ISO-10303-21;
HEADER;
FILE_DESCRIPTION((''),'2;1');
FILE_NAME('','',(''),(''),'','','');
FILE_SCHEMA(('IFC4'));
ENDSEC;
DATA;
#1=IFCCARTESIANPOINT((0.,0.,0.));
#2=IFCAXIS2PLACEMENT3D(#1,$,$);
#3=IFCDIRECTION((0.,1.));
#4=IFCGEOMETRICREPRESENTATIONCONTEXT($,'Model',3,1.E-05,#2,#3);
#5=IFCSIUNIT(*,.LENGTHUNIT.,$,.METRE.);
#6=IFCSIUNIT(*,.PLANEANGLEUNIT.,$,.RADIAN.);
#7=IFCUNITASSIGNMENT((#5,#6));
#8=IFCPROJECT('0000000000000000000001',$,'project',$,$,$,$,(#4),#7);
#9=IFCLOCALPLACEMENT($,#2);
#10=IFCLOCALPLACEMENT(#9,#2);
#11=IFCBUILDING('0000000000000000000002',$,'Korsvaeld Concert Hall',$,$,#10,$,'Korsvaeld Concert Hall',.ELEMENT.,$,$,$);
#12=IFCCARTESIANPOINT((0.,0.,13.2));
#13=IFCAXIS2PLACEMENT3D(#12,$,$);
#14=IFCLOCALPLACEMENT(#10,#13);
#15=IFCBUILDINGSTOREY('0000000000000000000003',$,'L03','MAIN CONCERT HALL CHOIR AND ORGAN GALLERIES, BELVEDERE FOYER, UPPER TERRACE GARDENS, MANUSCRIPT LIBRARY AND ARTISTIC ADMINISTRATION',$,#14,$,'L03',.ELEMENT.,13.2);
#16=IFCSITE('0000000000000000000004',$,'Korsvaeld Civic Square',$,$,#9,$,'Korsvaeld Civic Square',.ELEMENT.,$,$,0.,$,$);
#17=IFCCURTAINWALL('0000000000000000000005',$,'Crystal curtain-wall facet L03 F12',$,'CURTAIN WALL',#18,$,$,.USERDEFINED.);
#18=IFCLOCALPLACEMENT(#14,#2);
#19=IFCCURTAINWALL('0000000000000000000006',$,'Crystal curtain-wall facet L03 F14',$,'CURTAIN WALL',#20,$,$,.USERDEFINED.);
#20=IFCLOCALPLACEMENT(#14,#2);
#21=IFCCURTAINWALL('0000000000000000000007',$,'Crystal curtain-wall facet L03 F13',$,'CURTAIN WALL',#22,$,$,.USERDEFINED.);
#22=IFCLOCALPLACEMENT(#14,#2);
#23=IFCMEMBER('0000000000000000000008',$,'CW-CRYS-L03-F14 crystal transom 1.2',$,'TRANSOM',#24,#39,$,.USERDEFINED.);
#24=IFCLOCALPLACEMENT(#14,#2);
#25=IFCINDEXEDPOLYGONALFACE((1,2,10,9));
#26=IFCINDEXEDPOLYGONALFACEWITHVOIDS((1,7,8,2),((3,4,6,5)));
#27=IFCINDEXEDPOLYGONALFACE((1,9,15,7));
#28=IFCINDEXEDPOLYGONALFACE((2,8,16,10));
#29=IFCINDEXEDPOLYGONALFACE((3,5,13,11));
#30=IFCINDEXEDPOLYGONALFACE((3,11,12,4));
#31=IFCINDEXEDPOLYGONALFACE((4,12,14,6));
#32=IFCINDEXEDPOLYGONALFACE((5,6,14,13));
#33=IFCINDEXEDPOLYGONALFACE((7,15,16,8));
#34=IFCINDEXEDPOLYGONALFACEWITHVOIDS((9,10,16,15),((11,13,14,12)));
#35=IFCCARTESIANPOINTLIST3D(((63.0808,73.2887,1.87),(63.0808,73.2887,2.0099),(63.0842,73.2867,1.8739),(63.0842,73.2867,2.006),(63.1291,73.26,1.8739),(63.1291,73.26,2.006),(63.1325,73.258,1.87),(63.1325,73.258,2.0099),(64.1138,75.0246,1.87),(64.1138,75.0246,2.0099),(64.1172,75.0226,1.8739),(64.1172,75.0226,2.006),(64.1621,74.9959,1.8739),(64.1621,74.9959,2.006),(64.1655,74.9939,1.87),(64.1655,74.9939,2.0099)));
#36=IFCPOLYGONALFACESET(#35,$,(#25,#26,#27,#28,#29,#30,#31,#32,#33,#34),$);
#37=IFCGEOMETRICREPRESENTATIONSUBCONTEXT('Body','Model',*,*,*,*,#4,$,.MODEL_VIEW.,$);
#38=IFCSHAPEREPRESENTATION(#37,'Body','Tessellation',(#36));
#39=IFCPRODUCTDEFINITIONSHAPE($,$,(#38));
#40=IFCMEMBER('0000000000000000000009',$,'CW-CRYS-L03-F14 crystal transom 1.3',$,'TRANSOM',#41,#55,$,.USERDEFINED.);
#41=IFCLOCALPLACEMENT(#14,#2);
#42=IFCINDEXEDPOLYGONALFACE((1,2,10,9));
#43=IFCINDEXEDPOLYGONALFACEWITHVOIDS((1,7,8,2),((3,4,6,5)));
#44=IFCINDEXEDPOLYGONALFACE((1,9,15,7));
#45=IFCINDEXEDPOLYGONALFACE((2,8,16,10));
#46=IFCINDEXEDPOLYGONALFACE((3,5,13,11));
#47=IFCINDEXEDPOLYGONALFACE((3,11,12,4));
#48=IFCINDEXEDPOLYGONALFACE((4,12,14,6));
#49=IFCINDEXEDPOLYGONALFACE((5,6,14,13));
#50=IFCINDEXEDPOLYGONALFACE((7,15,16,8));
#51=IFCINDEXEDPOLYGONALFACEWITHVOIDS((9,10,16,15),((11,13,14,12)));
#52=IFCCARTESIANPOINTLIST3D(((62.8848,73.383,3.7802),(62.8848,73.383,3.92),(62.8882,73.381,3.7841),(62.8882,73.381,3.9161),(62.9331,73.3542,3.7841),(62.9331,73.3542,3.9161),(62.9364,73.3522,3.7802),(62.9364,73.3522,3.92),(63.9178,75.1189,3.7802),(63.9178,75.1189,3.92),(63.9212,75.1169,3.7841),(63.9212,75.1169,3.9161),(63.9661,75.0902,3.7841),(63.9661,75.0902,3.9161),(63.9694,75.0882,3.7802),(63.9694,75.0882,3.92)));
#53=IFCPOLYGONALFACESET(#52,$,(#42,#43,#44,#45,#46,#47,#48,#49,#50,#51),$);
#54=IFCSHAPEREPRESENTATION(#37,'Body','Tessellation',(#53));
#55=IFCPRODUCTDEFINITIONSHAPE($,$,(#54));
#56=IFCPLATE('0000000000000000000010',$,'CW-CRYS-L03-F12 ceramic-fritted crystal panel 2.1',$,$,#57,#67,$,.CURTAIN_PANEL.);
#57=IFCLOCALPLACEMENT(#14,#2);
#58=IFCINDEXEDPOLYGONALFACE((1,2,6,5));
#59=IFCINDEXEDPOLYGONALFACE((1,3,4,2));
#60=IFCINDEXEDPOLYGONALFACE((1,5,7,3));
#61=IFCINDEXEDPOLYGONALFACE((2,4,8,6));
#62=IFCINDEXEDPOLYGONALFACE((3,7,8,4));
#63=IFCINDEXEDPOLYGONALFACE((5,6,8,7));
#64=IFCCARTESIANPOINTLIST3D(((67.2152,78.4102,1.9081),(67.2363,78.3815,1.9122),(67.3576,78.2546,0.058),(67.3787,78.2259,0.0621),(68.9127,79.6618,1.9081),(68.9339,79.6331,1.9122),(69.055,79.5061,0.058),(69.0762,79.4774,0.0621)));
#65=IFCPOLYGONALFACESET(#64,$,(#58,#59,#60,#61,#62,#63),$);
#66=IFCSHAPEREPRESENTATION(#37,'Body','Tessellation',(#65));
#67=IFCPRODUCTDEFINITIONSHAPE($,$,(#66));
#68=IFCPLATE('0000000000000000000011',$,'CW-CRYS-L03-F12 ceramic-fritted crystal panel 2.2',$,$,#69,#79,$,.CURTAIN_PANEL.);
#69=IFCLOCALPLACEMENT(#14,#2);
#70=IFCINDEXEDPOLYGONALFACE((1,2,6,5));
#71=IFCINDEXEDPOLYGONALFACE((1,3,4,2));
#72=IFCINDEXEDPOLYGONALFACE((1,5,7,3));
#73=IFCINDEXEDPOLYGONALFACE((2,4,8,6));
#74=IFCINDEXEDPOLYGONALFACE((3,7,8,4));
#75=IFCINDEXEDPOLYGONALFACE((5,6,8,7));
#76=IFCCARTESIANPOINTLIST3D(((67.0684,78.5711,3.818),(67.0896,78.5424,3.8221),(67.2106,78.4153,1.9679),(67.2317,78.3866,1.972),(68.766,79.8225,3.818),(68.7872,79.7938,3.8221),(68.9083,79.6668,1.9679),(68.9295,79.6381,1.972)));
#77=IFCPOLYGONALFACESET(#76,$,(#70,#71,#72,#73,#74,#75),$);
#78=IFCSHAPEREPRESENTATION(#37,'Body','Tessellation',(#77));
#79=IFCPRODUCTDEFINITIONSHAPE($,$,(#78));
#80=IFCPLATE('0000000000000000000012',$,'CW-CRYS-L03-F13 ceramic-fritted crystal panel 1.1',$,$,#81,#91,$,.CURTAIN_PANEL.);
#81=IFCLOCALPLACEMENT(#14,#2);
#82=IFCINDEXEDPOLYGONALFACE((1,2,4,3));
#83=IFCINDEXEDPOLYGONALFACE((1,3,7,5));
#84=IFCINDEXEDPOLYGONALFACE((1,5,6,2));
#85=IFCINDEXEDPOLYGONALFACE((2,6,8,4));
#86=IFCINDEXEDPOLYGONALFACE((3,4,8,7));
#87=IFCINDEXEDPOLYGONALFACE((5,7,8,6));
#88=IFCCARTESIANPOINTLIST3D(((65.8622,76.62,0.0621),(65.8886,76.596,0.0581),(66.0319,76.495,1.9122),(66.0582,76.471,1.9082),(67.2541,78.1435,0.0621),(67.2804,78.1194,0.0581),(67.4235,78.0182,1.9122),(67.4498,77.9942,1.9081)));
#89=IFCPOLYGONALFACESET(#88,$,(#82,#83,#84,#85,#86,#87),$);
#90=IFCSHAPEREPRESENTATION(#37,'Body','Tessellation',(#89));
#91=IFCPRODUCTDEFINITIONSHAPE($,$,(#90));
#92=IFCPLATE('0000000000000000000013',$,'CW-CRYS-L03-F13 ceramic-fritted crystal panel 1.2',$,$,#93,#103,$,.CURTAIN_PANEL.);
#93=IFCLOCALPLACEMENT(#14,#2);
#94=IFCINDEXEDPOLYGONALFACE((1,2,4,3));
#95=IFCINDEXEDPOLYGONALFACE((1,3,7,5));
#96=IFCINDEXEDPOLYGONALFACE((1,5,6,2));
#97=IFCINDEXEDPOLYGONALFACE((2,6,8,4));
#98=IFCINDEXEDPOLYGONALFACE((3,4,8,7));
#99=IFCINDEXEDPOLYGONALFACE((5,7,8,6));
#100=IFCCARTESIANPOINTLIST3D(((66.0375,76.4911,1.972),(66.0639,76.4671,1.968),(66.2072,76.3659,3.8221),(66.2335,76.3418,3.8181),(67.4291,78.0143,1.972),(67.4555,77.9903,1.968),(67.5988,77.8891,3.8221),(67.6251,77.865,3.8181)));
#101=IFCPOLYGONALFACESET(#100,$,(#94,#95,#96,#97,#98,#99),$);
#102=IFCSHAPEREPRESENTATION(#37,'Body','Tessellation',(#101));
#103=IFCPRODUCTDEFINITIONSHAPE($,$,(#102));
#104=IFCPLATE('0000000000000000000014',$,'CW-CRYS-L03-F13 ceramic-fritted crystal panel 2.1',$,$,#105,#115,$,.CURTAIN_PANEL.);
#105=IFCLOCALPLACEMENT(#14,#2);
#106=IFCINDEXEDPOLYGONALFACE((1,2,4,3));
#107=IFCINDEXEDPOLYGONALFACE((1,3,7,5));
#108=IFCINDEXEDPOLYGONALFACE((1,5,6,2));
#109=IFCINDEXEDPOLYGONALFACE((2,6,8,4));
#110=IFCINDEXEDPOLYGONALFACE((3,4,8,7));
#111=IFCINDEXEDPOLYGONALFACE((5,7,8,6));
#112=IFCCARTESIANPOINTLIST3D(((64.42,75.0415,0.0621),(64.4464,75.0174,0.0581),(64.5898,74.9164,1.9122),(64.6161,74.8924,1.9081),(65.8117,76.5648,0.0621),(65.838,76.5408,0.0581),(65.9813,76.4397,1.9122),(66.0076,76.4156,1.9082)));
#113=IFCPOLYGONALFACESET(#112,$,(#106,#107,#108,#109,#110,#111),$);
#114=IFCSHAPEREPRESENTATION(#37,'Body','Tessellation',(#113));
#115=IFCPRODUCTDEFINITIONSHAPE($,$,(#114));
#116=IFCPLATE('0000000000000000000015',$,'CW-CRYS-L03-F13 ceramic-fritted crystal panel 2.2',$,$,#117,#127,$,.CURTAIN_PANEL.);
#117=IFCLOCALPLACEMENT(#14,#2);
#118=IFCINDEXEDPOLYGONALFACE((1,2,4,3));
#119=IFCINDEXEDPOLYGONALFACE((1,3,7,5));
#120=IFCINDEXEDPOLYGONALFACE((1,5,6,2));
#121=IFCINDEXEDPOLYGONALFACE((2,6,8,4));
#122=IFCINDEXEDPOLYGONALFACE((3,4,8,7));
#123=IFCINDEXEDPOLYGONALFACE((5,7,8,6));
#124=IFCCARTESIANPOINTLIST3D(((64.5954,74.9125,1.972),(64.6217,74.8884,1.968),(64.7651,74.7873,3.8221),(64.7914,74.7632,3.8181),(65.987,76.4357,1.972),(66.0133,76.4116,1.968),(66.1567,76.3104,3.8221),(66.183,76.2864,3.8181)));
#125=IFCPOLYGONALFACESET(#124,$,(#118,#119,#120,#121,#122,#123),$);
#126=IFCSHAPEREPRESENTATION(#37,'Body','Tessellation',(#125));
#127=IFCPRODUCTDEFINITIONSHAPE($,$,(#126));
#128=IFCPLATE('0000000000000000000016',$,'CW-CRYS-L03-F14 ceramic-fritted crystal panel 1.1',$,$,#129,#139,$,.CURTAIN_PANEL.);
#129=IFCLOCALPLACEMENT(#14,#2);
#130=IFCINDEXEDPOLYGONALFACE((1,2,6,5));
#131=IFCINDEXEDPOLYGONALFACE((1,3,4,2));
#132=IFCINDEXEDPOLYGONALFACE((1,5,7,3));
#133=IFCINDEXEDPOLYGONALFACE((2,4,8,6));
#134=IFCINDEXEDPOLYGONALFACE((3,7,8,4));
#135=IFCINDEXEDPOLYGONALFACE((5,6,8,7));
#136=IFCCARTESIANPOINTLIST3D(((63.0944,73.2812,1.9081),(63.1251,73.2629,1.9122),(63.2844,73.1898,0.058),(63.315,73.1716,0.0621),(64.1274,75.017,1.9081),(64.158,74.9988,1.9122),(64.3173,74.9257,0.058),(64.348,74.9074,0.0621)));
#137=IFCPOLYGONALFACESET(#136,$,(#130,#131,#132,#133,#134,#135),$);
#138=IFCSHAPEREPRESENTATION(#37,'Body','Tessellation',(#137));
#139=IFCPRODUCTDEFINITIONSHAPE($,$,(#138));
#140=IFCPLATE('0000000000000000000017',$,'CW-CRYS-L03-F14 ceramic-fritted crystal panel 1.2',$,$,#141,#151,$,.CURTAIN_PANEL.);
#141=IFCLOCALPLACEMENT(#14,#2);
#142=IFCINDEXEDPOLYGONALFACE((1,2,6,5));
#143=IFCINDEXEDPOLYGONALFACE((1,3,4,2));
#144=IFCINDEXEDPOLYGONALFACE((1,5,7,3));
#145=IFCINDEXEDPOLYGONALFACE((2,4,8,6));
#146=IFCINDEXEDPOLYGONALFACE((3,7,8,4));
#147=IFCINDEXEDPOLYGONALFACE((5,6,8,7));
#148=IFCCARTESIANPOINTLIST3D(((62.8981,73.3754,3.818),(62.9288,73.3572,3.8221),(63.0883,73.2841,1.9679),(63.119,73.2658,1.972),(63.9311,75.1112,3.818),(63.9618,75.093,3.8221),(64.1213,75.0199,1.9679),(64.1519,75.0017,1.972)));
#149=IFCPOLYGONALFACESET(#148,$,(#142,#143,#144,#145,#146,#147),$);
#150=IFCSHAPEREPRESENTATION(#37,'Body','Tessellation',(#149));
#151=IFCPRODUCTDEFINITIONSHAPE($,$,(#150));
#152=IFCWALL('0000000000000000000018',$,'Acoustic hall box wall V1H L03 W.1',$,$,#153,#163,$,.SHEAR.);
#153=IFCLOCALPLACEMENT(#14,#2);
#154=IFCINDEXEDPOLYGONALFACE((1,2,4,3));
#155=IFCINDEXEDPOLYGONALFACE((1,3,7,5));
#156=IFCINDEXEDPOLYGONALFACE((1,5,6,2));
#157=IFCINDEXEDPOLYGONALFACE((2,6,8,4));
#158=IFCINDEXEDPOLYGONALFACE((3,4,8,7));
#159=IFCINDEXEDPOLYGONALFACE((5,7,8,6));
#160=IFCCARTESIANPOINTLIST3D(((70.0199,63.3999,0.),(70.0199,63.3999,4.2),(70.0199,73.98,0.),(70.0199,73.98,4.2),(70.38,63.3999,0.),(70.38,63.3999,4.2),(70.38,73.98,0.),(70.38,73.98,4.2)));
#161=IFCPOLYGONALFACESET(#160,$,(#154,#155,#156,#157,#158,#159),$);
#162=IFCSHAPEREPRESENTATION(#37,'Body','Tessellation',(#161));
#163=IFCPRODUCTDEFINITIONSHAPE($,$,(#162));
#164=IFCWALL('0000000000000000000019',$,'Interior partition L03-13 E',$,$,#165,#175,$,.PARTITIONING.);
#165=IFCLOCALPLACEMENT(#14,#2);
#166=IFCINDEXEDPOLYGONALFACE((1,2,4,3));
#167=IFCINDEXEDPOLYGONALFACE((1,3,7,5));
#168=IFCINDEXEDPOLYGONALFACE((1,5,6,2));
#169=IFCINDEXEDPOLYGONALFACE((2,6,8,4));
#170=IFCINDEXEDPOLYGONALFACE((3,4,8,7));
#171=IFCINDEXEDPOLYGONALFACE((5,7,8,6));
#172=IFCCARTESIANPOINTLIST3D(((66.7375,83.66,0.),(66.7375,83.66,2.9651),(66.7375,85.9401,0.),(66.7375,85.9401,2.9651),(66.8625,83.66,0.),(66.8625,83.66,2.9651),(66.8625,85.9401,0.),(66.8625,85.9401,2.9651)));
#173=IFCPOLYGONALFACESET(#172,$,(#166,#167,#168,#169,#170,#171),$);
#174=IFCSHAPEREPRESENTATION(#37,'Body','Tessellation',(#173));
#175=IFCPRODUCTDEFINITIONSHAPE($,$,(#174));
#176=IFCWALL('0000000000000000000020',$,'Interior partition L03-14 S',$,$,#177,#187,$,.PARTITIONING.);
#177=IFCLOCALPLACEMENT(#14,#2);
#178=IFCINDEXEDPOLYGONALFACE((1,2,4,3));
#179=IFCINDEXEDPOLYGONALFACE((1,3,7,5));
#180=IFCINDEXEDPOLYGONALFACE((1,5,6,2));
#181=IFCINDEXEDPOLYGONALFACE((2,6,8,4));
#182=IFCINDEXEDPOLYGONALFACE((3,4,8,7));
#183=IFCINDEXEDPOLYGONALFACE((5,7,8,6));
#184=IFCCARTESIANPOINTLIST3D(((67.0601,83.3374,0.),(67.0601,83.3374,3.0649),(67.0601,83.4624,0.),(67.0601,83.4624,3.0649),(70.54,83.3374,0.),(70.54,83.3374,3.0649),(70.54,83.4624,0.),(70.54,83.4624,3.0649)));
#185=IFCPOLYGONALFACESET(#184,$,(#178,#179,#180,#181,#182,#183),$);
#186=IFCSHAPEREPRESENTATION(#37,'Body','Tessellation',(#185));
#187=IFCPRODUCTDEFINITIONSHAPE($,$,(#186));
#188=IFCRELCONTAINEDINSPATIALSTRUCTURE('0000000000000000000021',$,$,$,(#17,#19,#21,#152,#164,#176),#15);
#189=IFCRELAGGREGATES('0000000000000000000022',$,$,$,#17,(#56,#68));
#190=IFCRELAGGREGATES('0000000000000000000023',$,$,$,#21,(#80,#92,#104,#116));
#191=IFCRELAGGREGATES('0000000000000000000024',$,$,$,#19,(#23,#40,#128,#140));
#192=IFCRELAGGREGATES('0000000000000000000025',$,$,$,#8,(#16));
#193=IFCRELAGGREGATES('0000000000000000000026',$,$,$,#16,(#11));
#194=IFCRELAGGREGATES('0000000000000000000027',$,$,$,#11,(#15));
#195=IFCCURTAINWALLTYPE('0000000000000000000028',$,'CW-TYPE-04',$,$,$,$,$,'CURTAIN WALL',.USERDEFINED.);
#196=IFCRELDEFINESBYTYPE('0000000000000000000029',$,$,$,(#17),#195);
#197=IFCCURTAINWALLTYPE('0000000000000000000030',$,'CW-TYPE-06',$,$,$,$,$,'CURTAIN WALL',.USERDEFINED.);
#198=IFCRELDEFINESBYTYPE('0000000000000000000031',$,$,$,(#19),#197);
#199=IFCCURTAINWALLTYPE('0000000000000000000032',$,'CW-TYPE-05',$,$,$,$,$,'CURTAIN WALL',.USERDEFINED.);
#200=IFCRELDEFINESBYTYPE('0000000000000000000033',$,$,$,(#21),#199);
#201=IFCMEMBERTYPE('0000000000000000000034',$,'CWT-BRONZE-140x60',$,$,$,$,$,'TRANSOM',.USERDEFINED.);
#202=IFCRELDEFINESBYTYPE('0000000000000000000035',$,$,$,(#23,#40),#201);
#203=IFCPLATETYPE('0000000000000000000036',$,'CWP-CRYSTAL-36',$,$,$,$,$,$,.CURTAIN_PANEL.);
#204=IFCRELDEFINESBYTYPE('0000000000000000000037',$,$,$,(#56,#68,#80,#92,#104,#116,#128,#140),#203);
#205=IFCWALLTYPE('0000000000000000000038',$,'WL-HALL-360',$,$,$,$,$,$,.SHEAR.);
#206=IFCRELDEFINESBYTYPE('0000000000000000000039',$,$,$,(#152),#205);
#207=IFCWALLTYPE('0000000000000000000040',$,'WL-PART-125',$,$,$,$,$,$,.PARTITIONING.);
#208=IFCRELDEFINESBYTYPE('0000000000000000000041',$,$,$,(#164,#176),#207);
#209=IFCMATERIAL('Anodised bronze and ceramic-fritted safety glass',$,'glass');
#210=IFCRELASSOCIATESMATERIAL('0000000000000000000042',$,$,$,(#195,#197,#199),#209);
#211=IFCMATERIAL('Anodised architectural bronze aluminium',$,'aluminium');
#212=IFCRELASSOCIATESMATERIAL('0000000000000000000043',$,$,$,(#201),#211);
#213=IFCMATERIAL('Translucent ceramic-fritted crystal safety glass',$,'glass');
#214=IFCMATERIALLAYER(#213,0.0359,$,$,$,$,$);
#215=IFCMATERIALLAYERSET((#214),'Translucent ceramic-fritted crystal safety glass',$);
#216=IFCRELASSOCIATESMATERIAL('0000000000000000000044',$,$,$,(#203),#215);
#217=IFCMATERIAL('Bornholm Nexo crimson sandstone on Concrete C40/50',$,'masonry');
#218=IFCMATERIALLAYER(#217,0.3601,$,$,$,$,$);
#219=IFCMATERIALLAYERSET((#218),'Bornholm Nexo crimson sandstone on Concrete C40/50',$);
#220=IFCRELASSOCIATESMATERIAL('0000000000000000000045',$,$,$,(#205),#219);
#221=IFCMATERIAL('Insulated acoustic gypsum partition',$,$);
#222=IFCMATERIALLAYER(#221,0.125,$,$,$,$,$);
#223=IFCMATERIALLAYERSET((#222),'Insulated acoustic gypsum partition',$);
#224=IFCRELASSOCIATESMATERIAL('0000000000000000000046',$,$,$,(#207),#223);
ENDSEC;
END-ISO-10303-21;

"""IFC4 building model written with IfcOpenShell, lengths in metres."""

from ifc_helpers import new_model, si_unit, direction, frame, frame_2d, origin, origin_2d, place, context, subcontext, project, spatial, polyline, rectangle, hollow_rectangle, outline, extrude, material, layer, layer_set, material_profile, profile_set, type_object, element, aggregate, save


model = new_model("IFC4")

# Units and contexts
model_context = context("Model", 3, precision=1e-05, world=origin(), true_north=direction((0.0, 1.0)))
body_context = subcontext(model_context, "Body", "Model", "MODEL_VIEW")
ifc_project = project(units=[si_unit("LENGTHUNIT", "METRE"), si_unit("PLANEANGLEUNIT", "RADIAN")], contexts=[model_context])

# Site, building, storey
site_placement = place(None, origin())
site = spatial("IfcSite", under=ifc_project, at=site_placement, Name="Korsvaeld Civic Square", LongName="Korsvaeld Civic Square", CompositionType="ELEMENT", RefElevation=0.0)
building_placement = place(site_placement, origin())
building = spatial("IfcBuilding", under=site, at=building_placement, Name="Korsvaeld Concert Hall", LongName="Korsvaeld Concert Hall", CompositionType="ELEMENT")
storey_placement = place(building_placement, frame((0.0, 0.0, 13.2)))
storey = spatial("IfcBuildingStorey", under=building, at=storey_placement, Name="L03", Description="MAIN CONCERT HALL CHOIR AND ORGAN GALLERIES, BELVEDERE FOYER, UPPER TERRACE GARDENS, MANUSCRIPT LIBRARY AND ARTISTIC ADMINISTRATION", LongName="L03", CompositionType="ELEMENT", Elevation=13.2)

# Curtain wall
ifc_material_1 = material(Name="Anodised bronze and ceramic-fritted safety glass", Category="glass")
curtain_wall_type_1 = type_object("IfcCurtainWallType", Name="CW-TYPE-04", ElementType="CURTAIN WALL", PredefinedType="USERDEFINED", material=ifc_material_1)
curtain_wall_1_placement = place(storey_placement, origin())
curtain_wall_1 = element("IfcCurtainWall", 1, at=curtain_wall_1_placement, inside=storey, type_object=curtain_wall_type_1, Name="Crystal curtain-wall facet L03 F12", ObjectType="CURTAIN WALL", PredefinedType="USERDEFINED")
ifc_material_2 = material(Name="Anodised architectural bronze aluminium", Category="aluminium")

# Curtain wall
curtain_wall_type_2 = type_object("IfcCurtainWallType", Name="CW-TYPE-06", ElementType="CURTAIN WALL", PredefinedType="USERDEFINED", material=ifc_material_1)
curtain_wall_2_placement = place(storey_placement, origin())
curtain_wall_2 = element("IfcCurtainWall", 2, at=curtain_wall_2_placement, inside=storey, type_object=curtain_wall_type_2, Name="Crystal curtain-wall facet L03 F14", ObjectType="CURTAIN WALL", PredefinedType="USERDEFINED")

# Curtain wall
curtain_wall_type_3 = type_object("IfcCurtainWallType", Name="CW-TYPE-05", ElementType="CURTAIN WALL", PredefinedType="USERDEFINED", material=ifc_material_1)
curtain_wall_3_placement = place(storey_placement, origin())
curtain_wall_3 = element("IfcCurtainWall", 3, at=curtain_wall_3_placement, inside=storey, type_object=curtain_wall_type_3, Name="Crystal curtain-wall facet L03 F13", ObjectType="CURTAIN WALL", PredefinedType="USERDEFINED")

# Members
ifc_material_profile_1 = material_profile(ifc_material_2, hollow_rectangle(XDim=0.0601, YDim=0.1399, WallThickness=0.0039, at=origin_2d()), Name="CWT 140x60x4")
ifc_profile_set_1 = profile_set([ifc_material_profile_1], Name="Anodised architectural bronze aluminium")
member_type_1 = type_object("IfcMemberType", Name="CWT-BRONZE-140x60", ElementType="TRANSOM", PredefinedType="USERDEFINED", material=ifc_profile_set_1)
member_1_placement = place(storey_placement, frame((64.1396, 75.0093, 1.9399), z_axis=(-0.511382, -0.859354, 0.0), x_axis=(0.859354, -0.511382, 0.0)))
member_1 = element("IfcMember", 4, at=member_1_placement, type_object=member_type_1, Name="CW-CRYS-L03-F14 crystal transom 1.2", ObjectType="TRANSOM", PredefinedType="USERDEFINED", context=body_context, shape_type="SweptSolid", body=[
    extrude(hollow_rectangle(XDim=0.0601, YDim=0.1399, WallThickness=0.0039, at=origin_2d()), origin(), (0.0, 0.0, 1.0), 2.02),
])
member_2_placement = place(storey_placement, frame((63.9436, 75.1035, 3.8501), z_axis=(-0.511382, -0.859354, 0.0), x_axis=(0.859354, -0.511382, 0.0)))
member_2 = element("IfcMember", 5, at=member_2_placement, type_object=member_type_1, Name="CW-CRYS-L03-F14 crystal transom 1.3", ObjectType="TRANSOM", PredefinedType="USERDEFINED", context=body_context, shape_type="SweptSolid", body=[
    extrude(hollow_rectangle(XDim=0.0601, YDim=0.1399, WallThickness=0.0039, at=origin_2d()), origin(), (0.0, 0.0, 1.0), 2.02),
])

# Plates
ifc_material_3 = material(Name="Translucent ceramic-fritted crystal safety glass", Category="glass")
ifc_layer_1 = layer(ifc_material_3, 0.0359)
ifc_layer_set_1 = layer_set([ifc_layer_1], Name="Translucent ceramic-fritted crystal safety glass")
plate_type = type_object("IfcPlateType", Name="CWP-CRYSTAL-36", PredefinedType="CURTAIN_PANEL", material=ifc_layer_set_1)
plate_1_placement = place(storey_placement, frame((69.0657, 79.4917, 0.0601), z_axis=(-0.589665, 0.799754, -0.112644), x_axis=(-0.804877, -0.593441, 0.000005)))
plate_1 = element("IfcPlate", 6, at=plate_1_placement, type_object=plate_type, Name="CW-CRYS-L03-F12 ceramic-fritted crystal panel 2.1", PredefinedType="CURTAIN_PANEL", context=body_context, shape_type="SweptSolid", body=[
    extrude(outline(polyline([(0.0, 0.0), (2.109, 0.0), (2.1312, 1.8619), (0.0221, 1.862), (0.0, 0.0)])), frame((0.0, 0.0, 0.0181)), (0.0, 0.0, -1.0), 0.0359),
])
plate_2_placement = place(storey_placement, frame((68.9189, 79.6523, 1.97), z_axis=(-0.589599, 0.799801, -0.112657), x_axis=(-0.804925, -0.593376, 0.000004)))
plate_2 = element("IfcPlate", 7, at=plate_2_placement, type_object=plate_type, Name="CW-CRYS-L03-F12 ceramic-fritted crystal panel 2.2", PredefinedType="CURTAIN_PANEL", context=body_context, shape_type="SweptSolid", body=[
    extrude(outline(polyline([(0.0, 0.0), (2.1092, 0.0), (2.1311, 1.8619), (0.0221, 1.862), (0.0, 0.0)])), frame((0.0, 0.0, 0.0181)), (0.0, 0.0, -1.0), 0.0359),
])
aggregate(curtain_wall_1, [plate_1, plate_2])
plate_3_placement = place(storey_placement, frame((67.2673, 78.1313, 0.0601), z_axis=(-0.733584, 0.670213, 0.112557), x_axis=(-0.674499, -0.738275, 0.0)))
plate_3 = element("IfcPlate", 8, at=plate_3_placement, type_object=plate_type, Name="CW-CRYS-L03-F13 ceramic-fritted crystal panel 1.1", PredefinedType="CURTAIN_PANEL", context=body_context, shape_type="SweptSolid", body=[
    extrude(outline(polyline([(0.0, 0.0), (2.0635, 0.0), (2.0414, 1.8619), (-0.0218, 1.8619), (0.0, 0.0)])), frame((0.0, 0.0, 0.0181)), (0.0, 0.0, -1.0), 0.0359),
])
plate_4_placement = place(storey_placement, frame((67.4424, 78.0022, 1.97), z_axis=(-0.733579, 0.670203, 0.112649), x_axis=(-0.674497, -0.738278, 0.0)))
plate_4 = element("IfcPlate", 9, at=plate_4_placement, type_object=plate_type, Name="CW-CRYS-L03-F13 ceramic-fritted crystal panel 1.2", PredefinedType="CURTAIN_PANEL", context=body_context, shape_type="SweptSolid", body=[
    extrude(outline(polyline([(0.0, 0.0), (2.0632, 0.0), (2.0412, 1.8619), (-0.022, 1.8619), (0.0, 0.0)])), frame((0.0, 0.0, 0.0181)), (0.0, 0.0, -1.0), 0.0359),
])
plate_5_placement = place(storey_placement, frame((65.825, 76.5527, 0.0601), z_axis=(-0.733609, 0.670177, 0.112605), x_axis=(-0.674467, -0.738305, 0.000004)))
plate_5 = element("IfcPlate", 10, at=plate_5_placement, type_object=plate_type, Name="CW-CRYS-L03-F13 ceramic-fritted crystal panel 2.1", PredefinedType="CURTAIN_PANEL", context=body_context, shape_type="SweptSolid", body=[
    extrude(outline(polyline([(0.0, 0.0), (2.0634, 0.0), (2.0412, 1.8619), (-0.022, 1.8619), (0.0, 0.0)])), frame((0.0, 0.0, 0.0181)), (0.0, 0.0, -1.0), 0.0359),
])
plate_6_placement = place(storey_placement, frame((66.0002, 76.4236, 1.97), z_axis=(-0.733579, 0.670203, 0.112649), x_axis=(-0.674497, -0.738278, 0.0)))
plate_6 = element("IfcPlate", 11, at=plate_6_placement, type_object=plate_type, Name="CW-CRYS-L03-F13 ceramic-fritted crystal panel 2.2", PredefinedType="CURTAIN_PANEL", context=body_context, shape_type="SweptSolid", body=[
    extrude(outline(polyline([(0.0, 0.0), (2.0632, 0.0), (2.0412, 1.8619), (-0.022, 1.8619), (0.0, 0.0)])), frame((0.0, 0.0, 0.0181)), (0.0, 0.0, -1.0), 0.0359),
])
aggregate(curtain_wall_3, [plate_3, plate_4, plate_5, plate_6])
plate_7_placement = place(storey_placement, frame((64.3328, 74.9165, 0.0601), z_axis=(-0.853875, 0.508121, -0.112741), x_axis=(-0.511382, -0.859354, 0.0)))
plate_7 = element("IfcPlate", 12, at=plate_7_placement, type_object=plate_type, Name="CW-CRYS-L03-F14 ceramic-fritted crystal panel 1.1", PredefinedType="CURTAIN_PANEL", context=body_context, shape_type="SweptSolid", body=[
    extrude(outline(polyline([(0.0, 0.0), (2.0199, 0.0), (2.0386, 1.862), (0.0187, 1.862), (0.0, 0.0)])), frame((0.0, 0.0, 0.0181)), (0.0, 0.0, -1.0), 0.0359),
])
plate_8_placement = place(storey_placement, frame((64.1367, 75.0107, 1.97), z_axis=(-0.853864, 0.508115, -0.112852), x_axis=(-0.511382, -0.859354, 0.0)))
plate_8 = element("IfcPlate", 13, at=plate_8_placement, type_object=plate_type, Name="CW-CRYS-L03-F14 ceramic-fritted crystal panel 1.2", PredefinedType="CURTAIN_PANEL", context=body_context, shape_type="SweptSolid", body=[
    extrude(outline(polyline([(0.0, 0.0), (2.0199, 0.0), (2.0387, 1.862), (0.0188, 1.862), (0.0, 0.0)])), frame((0.0, 0.0, 0.0181)), (0.0, 0.0, -1.0), 0.0359),
])
aggregate(curtain_wall_2, [member_1, member_2, plate_7, plate_8])

# Walls
ifc_material_4 = material(Name="Bornholm Nexo crimson sandstone on Concrete C40/50", Category="masonry")
ifc_layer_2 = layer(ifc_material_4, 0.3601)
ifc_layer_set_2 = layer_set([ifc_layer_2], Name="Bornholm Nexo crimson sandstone on Concrete C40/50")
wall_type_1 = type_object("IfcWallType", Name="WL-HALL-360", PredefinedType="SHEAR", material=ifc_layer_set_2)
wall_1_placement = place(storey_placement, frame((70.2, 73.98, 0.0), z_axis=(0.0, 0.0, 1.0), x_axis=(0.0, -1.0, 0.0)))
element("IfcWall", 14, at=wall_1_placement, inside=storey, type_object=wall_type_1, Name="Acoustic hall box wall V1H L03 W.1", PredefinedType="SHEAR", context=body_context, shape_type="SweptSolid", body=[
    extrude(rectangle(XDim=10.5801, YDim=0.3601, at=frame_2d((5.29, 0.0))), origin(), (0.0, 0.0, 1.0), 4.2),
])
ifc_material_5 = material(Name="Insulated acoustic gypsum partition")
ifc_layer_3 = layer(ifc_material_5, 0.125)
ifc_layer_set_3 = layer_set([ifc_layer_3], Name="Insulated acoustic gypsum partition")
wall_type_2 = type_object("IfcWallType", Name="WL-PART-125", PredefinedType="PARTITIONING", material=ifc_layer_set_3)
wall_2_placement = place(storey_placement, frame((66.8, 83.6599, 0.0), z_axis=(0.0, 0.0, 1.0), x_axis=(0.0, 1.0, 0.0)))
element("IfcWall", 15, at=wall_2_placement, inside=storey, type_object=wall_type_2, Name="Interior partition L03-13 E", PredefinedType="PARTITIONING", context=body_context, shape_type="SweptSolid", body=[
    extrude(rectangle(XDim=2.28, YDim=0.125, at=frame_2d((1.1401, 0.0))), origin(), (0.0, 0.0, 1.0), 2.9651),
])
wall_3_placement = place(storey_placement, frame((67.0601, 83.3999, 0.0), z_axis=(0.0, 0.0, 1.0), x_axis=(1.0, 0.0, 0.0)))
element("IfcWall", 16, at=wall_3_placement, inside=storey, type_object=wall_type_2, Name="Interior partition L03-14 S", PredefinedType="PARTITIONING", context=body_context, shape_type="SweptSolid", body=[
    extrude(rectangle(XDim=3.48, YDim=0.125, at=frame_2d((1.74, 0.0))), origin(), (0.0, 0.0, 1.0), 3.0649),
])

save(model, "model.ifc")
